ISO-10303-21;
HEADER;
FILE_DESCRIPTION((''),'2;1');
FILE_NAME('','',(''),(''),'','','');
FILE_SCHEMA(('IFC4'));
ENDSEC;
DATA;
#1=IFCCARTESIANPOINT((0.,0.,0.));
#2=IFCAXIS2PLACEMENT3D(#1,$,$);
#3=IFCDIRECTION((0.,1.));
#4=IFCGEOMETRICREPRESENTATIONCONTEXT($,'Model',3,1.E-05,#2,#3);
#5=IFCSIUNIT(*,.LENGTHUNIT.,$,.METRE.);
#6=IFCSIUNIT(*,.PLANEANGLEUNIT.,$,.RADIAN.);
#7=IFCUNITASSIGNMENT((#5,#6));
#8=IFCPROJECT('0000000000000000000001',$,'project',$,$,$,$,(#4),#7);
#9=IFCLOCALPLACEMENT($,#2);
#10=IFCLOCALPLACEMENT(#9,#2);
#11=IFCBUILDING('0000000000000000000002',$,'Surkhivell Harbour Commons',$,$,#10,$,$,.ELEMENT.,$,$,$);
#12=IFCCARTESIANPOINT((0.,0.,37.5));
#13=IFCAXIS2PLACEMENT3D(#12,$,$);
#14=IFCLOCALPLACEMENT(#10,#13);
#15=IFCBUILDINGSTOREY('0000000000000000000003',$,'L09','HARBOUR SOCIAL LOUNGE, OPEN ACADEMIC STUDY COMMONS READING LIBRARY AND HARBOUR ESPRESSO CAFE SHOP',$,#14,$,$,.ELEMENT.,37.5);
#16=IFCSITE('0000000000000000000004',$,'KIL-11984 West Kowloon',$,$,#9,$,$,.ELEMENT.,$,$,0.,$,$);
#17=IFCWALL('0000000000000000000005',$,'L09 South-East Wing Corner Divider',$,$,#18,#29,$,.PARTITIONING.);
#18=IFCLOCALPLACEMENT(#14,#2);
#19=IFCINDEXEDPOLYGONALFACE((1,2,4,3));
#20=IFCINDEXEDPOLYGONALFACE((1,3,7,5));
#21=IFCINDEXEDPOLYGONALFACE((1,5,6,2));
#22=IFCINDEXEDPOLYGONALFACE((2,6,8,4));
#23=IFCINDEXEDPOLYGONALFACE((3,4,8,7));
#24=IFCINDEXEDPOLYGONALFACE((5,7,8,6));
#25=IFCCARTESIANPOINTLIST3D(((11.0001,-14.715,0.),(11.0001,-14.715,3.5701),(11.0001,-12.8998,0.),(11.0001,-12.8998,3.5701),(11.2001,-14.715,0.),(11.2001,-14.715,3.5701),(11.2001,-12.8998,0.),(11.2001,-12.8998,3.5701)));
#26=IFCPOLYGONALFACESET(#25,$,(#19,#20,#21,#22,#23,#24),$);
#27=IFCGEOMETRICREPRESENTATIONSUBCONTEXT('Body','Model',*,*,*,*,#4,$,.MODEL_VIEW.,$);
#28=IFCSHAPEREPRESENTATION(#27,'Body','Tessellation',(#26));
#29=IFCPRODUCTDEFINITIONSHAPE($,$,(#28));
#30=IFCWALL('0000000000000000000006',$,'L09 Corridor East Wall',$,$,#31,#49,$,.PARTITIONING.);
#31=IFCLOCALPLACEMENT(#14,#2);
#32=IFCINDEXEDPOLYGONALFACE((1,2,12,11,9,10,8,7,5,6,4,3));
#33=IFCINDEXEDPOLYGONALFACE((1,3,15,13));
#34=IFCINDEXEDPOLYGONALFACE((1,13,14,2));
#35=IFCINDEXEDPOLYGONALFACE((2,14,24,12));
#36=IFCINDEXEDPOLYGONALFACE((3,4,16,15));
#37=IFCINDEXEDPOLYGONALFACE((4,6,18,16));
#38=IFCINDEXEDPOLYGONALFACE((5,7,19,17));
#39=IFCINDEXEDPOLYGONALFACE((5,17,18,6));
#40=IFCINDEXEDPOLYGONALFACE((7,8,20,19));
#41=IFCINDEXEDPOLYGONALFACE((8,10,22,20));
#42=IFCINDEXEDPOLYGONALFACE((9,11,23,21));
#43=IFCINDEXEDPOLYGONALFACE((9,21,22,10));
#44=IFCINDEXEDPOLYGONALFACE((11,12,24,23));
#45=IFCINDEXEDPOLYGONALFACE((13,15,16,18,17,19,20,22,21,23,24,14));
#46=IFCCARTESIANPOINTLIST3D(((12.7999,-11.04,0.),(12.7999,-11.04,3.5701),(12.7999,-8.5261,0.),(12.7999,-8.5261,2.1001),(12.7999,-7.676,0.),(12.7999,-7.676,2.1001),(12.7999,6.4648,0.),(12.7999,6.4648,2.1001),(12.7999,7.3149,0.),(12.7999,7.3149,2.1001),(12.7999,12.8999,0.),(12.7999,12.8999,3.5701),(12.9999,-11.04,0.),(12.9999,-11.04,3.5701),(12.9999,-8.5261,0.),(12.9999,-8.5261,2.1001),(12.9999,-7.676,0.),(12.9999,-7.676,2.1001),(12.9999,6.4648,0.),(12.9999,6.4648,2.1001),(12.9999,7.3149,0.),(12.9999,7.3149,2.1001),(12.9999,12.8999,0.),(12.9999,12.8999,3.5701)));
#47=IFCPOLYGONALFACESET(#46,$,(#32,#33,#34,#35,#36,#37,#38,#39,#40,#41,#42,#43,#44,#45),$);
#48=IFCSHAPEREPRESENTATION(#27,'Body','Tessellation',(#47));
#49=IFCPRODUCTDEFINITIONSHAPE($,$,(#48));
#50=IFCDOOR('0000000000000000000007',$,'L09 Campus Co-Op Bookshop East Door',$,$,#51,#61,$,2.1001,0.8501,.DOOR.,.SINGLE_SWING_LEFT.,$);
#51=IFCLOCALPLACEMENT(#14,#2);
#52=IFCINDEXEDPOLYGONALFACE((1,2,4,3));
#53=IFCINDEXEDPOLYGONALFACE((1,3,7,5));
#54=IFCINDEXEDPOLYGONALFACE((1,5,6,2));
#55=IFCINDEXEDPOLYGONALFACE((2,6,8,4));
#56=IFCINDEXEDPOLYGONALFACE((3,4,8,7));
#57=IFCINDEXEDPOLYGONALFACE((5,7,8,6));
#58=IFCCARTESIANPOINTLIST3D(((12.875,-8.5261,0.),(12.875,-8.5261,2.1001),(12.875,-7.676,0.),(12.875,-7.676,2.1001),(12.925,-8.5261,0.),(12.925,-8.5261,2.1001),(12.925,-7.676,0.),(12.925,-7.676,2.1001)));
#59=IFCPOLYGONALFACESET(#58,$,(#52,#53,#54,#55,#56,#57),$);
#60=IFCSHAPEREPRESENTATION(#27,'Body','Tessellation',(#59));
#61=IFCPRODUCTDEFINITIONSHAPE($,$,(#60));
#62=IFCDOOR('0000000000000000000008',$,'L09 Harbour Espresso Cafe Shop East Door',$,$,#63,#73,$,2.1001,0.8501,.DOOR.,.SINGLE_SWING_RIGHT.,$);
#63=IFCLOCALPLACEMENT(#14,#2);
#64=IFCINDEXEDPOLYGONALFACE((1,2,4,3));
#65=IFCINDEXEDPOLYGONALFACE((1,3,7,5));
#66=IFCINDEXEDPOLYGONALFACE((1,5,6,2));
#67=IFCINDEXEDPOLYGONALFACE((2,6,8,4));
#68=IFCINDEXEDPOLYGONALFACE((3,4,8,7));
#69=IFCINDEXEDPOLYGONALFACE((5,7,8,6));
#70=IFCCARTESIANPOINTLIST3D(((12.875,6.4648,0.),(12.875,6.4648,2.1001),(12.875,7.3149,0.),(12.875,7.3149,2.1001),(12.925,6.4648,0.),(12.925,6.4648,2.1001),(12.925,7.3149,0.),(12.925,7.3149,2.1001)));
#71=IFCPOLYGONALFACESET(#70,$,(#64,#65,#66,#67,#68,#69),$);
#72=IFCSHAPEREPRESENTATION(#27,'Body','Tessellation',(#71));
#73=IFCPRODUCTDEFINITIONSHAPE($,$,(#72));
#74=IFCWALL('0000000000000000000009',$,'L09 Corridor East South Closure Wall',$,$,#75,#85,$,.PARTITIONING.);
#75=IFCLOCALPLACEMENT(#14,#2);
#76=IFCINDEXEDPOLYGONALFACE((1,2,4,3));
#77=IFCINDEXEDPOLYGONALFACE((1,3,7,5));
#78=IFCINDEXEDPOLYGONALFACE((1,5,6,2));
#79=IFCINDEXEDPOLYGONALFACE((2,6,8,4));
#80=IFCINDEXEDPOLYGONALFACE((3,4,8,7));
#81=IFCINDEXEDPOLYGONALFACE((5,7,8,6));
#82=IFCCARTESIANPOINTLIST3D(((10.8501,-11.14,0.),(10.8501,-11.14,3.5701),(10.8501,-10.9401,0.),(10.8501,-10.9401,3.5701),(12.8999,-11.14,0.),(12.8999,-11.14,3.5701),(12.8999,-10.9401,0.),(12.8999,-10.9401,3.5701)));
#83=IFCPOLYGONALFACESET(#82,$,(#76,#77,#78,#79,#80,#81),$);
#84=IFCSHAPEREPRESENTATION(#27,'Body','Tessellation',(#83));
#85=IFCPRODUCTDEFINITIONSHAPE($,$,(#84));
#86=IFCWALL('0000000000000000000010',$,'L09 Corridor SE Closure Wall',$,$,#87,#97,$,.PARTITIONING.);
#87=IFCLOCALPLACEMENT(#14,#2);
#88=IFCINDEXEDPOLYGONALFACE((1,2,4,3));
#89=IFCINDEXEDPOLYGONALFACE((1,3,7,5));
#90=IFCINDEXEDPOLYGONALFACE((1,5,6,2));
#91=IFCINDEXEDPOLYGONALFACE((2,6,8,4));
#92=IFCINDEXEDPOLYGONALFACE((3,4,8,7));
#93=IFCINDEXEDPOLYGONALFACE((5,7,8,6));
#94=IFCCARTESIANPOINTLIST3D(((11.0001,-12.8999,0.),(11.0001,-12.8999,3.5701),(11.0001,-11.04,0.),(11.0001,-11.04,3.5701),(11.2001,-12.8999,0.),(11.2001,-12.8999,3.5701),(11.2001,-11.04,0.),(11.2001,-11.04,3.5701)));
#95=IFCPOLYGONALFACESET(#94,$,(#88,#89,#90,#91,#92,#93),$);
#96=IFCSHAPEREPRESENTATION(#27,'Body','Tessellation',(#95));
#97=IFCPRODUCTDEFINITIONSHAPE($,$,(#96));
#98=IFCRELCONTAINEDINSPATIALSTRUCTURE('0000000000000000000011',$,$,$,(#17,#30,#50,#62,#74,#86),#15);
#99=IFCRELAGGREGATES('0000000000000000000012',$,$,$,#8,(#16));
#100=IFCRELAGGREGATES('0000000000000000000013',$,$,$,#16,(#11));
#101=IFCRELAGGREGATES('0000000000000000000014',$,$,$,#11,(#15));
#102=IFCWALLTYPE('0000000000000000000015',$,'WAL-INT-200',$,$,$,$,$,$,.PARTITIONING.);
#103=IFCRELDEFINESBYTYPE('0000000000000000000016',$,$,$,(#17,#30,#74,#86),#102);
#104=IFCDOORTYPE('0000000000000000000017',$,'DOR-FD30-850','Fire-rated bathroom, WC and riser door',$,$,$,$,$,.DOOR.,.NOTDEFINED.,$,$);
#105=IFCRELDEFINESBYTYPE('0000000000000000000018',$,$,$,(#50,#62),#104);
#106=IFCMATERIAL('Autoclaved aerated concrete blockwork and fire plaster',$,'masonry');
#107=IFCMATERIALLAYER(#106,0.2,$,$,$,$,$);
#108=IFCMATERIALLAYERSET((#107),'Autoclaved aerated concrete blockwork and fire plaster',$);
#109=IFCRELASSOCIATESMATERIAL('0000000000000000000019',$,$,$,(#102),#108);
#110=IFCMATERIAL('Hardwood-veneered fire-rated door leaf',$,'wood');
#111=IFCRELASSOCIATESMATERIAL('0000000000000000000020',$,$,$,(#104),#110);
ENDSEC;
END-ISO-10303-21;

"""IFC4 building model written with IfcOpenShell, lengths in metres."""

from ifc_helpers import new_model, si_unit, direction, frame, frame_2d, origin, place, context, subcontext, project, spatial, rectangle, extrude, material, layer, layer_set, type_object, element, fill, save


model = new_model("IFC4")

# Units and contexts
model_context = context("Model", 3, precision=1e-05, world=origin(), true_north=direction((0.0, 1.0)))
body_context = subcontext(model_context, "Body", "Model", "MODEL_VIEW")
ifc_project = project(units=[si_unit("LENGTHUNIT", "METRE"), si_unit("PLANEANGLEUNIT", "RADIAN")], contexts=[model_context])

# Site, building, storey
site_placement = place(None, origin())
site = spatial("IfcSite", under=ifc_project, at=site_placement, Name="KIL-11984 West Kowloon", CompositionType="ELEMENT", RefElevation=0.0)
building_placement = place(site_placement, origin())
building = spatial("IfcBuilding", under=site, at=building_placement, Name="Surkhivell Harbour Commons", CompositionType="ELEMENT")
storey_placement = place(building_placement, frame((0.0, 0.0, 37.5)))
storey = spatial("IfcBuildingStorey", under=building, at=storey_placement, Name="L09", Description="HARBOUR SOCIAL LOUNGE, OPEN ACADEMIC STUDY COMMONS READING LIBRARY AND HARBOUR ESPRESSO CAFE SHOP", CompositionType="ELEMENT", Elevation=37.5)

# Shared definitions
ifc_material_1 = material(Name="Hardwood-veneered fire-rated door leaf", Category="wood")

# Wall
ifc_material_2 = material(Name="Autoclaved aerated concrete blockwork and fire plaster", Category="masonry")
ifc_layer_1 = layer(ifc_material_2, 0.2)
ifc_layer_set_1 = layer_set([ifc_layer_1], Name="Autoclaved aerated concrete blockwork and fire plaster")
wall_type_1 = type_object("IfcWallType", Name="WAL-INT-200", PredefinedType="PARTITIONING", material=ifc_layer_set_1)
wall_1_placement = place(storey_placement, frame((11.1001, -14.7151, 0.0), z_axis=(0.0, 0.0, 1.0), x_axis=(0.0, 1.0, 0.0)))
element("IfcWall", 1, at=wall_1_placement, inside=storey, type_object=wall_type_1, Name="L09 South-East Wing Corner Divider", PredefinedType="PARTITIONING", context=body_context, shape_type="SweptSolid", body=[
    extrude(rectangle(XDim=1.8152, YDim=0.2, at=frame_2d((0.9077, 0.0))), origin(), (0.0, 0.0, 1.0), 3.5701),
])

# Wall, openings, doors
wall_2_placement = place(storey_placement, frame((12.8999, -11.04, 0.0), z_axis=(0.0, 0.0, 1.0), x_axis=(0.0, 1.0, 0.0)))
wall_2 = element("IfcWall", 2, at=wall_2_placement, inside=storey, type_object=wall_type_1, Name="L09 Corridor East Wall", PredefinedType="PARTITIONING", context=body_context, shape_type="SweptSolid", body=[
    extrude(rectangle(XDim=23.9399, YDim=0.2, at=frame_2d((11.97, 0.0))), origin(), (0.0, 0.0, 1.0), 3.5701),
])
opening_1_placement = place(wall_2_placement, frame((2.5139, 0.0, 0.0)))
opening_1 = element("IfcOpeningElement", 3, at=opening_1_placement, cuts=wall_2, PredefinedType="OPENING", context=body_context, shape_type="SweptSolid", body=[
    extrude(rectangle(XDim=0.8501, YDim=2.1001, at=frame_2d((0.425, 1.05))), frame((0.0, 0.1099, 0.0), z_axis=(0.0, -1.0, 0.0), x_axis=(1.0, 0.0, 0.0)), (0.0, 0.0, 1.0), 0.22),
])
opening_2_placement = place(wall_2_placement, frame((17.5049, 0.0, 0.0)))
opening_2 = element("IfcOpeningElement", 4, at=opening_2_placement, cuts=wall_2, PredefinedType="OPENING", context=body_context, shape_type="SweptSolid", body=[
    extrude(rectangle(XDim=0.8501, YDim=2.1001, at=frame_2d((0.425, 1.05))), frame((0.0, 0.1099, 0.0), z_axis=(0.0, -1.0, 0.0), x_axis=(1.0, 0.0, 0.0)), (0.0, 0.0, 1.0), 0.22),
])
door_type_1 = type_object("IfcDoorType", Name="DOR-FD30-850", Description="Fire-rated bathroom, WC and riser door", OperationType="NOTDEFINED", PredefinedType="DOOR", material=ifc_material_1)
door_1_placement = place(opening_1_placement, origin())
door_1 = element("IfcDoor", 5, at=door_1_placement, inside=storey, type_object=door_type_1, Name="L09 Campus Co-Op Bookshop East Door", OperationType="SINGLE_SWING_LEFT", OverallHeight=2.1001, OverallWidth=0.8501, PredefinedType="DOOR", context=body_context, shape_type="SweptSolid", body=[
    extrude(rectangle(XDim=0.8501, YDim=2.1001, at=frame_2d((0.425, 1.05))), frame((0.0, 0.0249, 0.0), z_axis=(0.0, -1.0, 0.0), x_axis=(1.0, 0.0, 0.0)), (0.0, 0.0, 1.0), 0.05),
])
fill(opening_1, door_1)
door_2_placement = place(opening_2_placement, origin())
door_2 = element("IfcDoor", 6, at=door_2_placement, inside=storey, type_object=door_type_1, Name="L09 Harbour Espresso Cafe Shop East Door", OperationType="SINGLE_SWING_RIGHT", OverallHeight=2.1001, OverallWidth=0.8501, PredefinedType="DOOR", context=body_context, shape_type="SweptSolid", body=[
    extrude(rectangle(XDim=0.8501, YDim=2.1001, at=frame_2d((0.425, 1.05))), frame((0.0, 0.0249, 0.0), z_axis=(0.0, -1.0, 0.0), x_axis=(1.0, 0.0, 0.0)), (0.0, 0.0, 1.0), 0.05),
])
fill(opening_2, door_2)

# Walls
wall_3_placement = place(storey_placement, frame((10.8501, -11.04, 0.0), z_axis=(0.0, 0.0, 1.0), x_axis=(1.0, 0.0, 0.0)))
element("IfcWall", 7, at=wall_3_placement, inside=storey, type_object=wall_type_1, Name="L09 Corridor East South Closure Wall", PredefinedType="PARTITIONING", context=body_context, shape_type="SweptSolid", body=[
    extrude(rectangle(XDim=2.0498, YDim=0.2, at=frame_2d((1.0249, 0.0))), origin(), (0.0, 0.0, 1.0), 3.5701),
])
wall_4_placement = place(storey_placement, frame((11.1001, -12.8999, 0.0), z_axis=(0.0, 0.0, 1.0), x_axis=(0.0, 1.0, 0.0)))
element("IfcWall", 8, at=wall_4_placement, inside=storey, type_object=wall_type_1, Name="L09 Corridor SE Closure Wall", PredefinedType="PARTITIONING", context=body_context, shape_type="SweptSolid", body=[
    extrude(rectangle(XDim=1.8599, YDim=0.2, at=frame_2d((0.9299, 0.0))), origin(), (0.0, 0.0, 1.0), 3.5701),
])

save(model, "model.ifc")
